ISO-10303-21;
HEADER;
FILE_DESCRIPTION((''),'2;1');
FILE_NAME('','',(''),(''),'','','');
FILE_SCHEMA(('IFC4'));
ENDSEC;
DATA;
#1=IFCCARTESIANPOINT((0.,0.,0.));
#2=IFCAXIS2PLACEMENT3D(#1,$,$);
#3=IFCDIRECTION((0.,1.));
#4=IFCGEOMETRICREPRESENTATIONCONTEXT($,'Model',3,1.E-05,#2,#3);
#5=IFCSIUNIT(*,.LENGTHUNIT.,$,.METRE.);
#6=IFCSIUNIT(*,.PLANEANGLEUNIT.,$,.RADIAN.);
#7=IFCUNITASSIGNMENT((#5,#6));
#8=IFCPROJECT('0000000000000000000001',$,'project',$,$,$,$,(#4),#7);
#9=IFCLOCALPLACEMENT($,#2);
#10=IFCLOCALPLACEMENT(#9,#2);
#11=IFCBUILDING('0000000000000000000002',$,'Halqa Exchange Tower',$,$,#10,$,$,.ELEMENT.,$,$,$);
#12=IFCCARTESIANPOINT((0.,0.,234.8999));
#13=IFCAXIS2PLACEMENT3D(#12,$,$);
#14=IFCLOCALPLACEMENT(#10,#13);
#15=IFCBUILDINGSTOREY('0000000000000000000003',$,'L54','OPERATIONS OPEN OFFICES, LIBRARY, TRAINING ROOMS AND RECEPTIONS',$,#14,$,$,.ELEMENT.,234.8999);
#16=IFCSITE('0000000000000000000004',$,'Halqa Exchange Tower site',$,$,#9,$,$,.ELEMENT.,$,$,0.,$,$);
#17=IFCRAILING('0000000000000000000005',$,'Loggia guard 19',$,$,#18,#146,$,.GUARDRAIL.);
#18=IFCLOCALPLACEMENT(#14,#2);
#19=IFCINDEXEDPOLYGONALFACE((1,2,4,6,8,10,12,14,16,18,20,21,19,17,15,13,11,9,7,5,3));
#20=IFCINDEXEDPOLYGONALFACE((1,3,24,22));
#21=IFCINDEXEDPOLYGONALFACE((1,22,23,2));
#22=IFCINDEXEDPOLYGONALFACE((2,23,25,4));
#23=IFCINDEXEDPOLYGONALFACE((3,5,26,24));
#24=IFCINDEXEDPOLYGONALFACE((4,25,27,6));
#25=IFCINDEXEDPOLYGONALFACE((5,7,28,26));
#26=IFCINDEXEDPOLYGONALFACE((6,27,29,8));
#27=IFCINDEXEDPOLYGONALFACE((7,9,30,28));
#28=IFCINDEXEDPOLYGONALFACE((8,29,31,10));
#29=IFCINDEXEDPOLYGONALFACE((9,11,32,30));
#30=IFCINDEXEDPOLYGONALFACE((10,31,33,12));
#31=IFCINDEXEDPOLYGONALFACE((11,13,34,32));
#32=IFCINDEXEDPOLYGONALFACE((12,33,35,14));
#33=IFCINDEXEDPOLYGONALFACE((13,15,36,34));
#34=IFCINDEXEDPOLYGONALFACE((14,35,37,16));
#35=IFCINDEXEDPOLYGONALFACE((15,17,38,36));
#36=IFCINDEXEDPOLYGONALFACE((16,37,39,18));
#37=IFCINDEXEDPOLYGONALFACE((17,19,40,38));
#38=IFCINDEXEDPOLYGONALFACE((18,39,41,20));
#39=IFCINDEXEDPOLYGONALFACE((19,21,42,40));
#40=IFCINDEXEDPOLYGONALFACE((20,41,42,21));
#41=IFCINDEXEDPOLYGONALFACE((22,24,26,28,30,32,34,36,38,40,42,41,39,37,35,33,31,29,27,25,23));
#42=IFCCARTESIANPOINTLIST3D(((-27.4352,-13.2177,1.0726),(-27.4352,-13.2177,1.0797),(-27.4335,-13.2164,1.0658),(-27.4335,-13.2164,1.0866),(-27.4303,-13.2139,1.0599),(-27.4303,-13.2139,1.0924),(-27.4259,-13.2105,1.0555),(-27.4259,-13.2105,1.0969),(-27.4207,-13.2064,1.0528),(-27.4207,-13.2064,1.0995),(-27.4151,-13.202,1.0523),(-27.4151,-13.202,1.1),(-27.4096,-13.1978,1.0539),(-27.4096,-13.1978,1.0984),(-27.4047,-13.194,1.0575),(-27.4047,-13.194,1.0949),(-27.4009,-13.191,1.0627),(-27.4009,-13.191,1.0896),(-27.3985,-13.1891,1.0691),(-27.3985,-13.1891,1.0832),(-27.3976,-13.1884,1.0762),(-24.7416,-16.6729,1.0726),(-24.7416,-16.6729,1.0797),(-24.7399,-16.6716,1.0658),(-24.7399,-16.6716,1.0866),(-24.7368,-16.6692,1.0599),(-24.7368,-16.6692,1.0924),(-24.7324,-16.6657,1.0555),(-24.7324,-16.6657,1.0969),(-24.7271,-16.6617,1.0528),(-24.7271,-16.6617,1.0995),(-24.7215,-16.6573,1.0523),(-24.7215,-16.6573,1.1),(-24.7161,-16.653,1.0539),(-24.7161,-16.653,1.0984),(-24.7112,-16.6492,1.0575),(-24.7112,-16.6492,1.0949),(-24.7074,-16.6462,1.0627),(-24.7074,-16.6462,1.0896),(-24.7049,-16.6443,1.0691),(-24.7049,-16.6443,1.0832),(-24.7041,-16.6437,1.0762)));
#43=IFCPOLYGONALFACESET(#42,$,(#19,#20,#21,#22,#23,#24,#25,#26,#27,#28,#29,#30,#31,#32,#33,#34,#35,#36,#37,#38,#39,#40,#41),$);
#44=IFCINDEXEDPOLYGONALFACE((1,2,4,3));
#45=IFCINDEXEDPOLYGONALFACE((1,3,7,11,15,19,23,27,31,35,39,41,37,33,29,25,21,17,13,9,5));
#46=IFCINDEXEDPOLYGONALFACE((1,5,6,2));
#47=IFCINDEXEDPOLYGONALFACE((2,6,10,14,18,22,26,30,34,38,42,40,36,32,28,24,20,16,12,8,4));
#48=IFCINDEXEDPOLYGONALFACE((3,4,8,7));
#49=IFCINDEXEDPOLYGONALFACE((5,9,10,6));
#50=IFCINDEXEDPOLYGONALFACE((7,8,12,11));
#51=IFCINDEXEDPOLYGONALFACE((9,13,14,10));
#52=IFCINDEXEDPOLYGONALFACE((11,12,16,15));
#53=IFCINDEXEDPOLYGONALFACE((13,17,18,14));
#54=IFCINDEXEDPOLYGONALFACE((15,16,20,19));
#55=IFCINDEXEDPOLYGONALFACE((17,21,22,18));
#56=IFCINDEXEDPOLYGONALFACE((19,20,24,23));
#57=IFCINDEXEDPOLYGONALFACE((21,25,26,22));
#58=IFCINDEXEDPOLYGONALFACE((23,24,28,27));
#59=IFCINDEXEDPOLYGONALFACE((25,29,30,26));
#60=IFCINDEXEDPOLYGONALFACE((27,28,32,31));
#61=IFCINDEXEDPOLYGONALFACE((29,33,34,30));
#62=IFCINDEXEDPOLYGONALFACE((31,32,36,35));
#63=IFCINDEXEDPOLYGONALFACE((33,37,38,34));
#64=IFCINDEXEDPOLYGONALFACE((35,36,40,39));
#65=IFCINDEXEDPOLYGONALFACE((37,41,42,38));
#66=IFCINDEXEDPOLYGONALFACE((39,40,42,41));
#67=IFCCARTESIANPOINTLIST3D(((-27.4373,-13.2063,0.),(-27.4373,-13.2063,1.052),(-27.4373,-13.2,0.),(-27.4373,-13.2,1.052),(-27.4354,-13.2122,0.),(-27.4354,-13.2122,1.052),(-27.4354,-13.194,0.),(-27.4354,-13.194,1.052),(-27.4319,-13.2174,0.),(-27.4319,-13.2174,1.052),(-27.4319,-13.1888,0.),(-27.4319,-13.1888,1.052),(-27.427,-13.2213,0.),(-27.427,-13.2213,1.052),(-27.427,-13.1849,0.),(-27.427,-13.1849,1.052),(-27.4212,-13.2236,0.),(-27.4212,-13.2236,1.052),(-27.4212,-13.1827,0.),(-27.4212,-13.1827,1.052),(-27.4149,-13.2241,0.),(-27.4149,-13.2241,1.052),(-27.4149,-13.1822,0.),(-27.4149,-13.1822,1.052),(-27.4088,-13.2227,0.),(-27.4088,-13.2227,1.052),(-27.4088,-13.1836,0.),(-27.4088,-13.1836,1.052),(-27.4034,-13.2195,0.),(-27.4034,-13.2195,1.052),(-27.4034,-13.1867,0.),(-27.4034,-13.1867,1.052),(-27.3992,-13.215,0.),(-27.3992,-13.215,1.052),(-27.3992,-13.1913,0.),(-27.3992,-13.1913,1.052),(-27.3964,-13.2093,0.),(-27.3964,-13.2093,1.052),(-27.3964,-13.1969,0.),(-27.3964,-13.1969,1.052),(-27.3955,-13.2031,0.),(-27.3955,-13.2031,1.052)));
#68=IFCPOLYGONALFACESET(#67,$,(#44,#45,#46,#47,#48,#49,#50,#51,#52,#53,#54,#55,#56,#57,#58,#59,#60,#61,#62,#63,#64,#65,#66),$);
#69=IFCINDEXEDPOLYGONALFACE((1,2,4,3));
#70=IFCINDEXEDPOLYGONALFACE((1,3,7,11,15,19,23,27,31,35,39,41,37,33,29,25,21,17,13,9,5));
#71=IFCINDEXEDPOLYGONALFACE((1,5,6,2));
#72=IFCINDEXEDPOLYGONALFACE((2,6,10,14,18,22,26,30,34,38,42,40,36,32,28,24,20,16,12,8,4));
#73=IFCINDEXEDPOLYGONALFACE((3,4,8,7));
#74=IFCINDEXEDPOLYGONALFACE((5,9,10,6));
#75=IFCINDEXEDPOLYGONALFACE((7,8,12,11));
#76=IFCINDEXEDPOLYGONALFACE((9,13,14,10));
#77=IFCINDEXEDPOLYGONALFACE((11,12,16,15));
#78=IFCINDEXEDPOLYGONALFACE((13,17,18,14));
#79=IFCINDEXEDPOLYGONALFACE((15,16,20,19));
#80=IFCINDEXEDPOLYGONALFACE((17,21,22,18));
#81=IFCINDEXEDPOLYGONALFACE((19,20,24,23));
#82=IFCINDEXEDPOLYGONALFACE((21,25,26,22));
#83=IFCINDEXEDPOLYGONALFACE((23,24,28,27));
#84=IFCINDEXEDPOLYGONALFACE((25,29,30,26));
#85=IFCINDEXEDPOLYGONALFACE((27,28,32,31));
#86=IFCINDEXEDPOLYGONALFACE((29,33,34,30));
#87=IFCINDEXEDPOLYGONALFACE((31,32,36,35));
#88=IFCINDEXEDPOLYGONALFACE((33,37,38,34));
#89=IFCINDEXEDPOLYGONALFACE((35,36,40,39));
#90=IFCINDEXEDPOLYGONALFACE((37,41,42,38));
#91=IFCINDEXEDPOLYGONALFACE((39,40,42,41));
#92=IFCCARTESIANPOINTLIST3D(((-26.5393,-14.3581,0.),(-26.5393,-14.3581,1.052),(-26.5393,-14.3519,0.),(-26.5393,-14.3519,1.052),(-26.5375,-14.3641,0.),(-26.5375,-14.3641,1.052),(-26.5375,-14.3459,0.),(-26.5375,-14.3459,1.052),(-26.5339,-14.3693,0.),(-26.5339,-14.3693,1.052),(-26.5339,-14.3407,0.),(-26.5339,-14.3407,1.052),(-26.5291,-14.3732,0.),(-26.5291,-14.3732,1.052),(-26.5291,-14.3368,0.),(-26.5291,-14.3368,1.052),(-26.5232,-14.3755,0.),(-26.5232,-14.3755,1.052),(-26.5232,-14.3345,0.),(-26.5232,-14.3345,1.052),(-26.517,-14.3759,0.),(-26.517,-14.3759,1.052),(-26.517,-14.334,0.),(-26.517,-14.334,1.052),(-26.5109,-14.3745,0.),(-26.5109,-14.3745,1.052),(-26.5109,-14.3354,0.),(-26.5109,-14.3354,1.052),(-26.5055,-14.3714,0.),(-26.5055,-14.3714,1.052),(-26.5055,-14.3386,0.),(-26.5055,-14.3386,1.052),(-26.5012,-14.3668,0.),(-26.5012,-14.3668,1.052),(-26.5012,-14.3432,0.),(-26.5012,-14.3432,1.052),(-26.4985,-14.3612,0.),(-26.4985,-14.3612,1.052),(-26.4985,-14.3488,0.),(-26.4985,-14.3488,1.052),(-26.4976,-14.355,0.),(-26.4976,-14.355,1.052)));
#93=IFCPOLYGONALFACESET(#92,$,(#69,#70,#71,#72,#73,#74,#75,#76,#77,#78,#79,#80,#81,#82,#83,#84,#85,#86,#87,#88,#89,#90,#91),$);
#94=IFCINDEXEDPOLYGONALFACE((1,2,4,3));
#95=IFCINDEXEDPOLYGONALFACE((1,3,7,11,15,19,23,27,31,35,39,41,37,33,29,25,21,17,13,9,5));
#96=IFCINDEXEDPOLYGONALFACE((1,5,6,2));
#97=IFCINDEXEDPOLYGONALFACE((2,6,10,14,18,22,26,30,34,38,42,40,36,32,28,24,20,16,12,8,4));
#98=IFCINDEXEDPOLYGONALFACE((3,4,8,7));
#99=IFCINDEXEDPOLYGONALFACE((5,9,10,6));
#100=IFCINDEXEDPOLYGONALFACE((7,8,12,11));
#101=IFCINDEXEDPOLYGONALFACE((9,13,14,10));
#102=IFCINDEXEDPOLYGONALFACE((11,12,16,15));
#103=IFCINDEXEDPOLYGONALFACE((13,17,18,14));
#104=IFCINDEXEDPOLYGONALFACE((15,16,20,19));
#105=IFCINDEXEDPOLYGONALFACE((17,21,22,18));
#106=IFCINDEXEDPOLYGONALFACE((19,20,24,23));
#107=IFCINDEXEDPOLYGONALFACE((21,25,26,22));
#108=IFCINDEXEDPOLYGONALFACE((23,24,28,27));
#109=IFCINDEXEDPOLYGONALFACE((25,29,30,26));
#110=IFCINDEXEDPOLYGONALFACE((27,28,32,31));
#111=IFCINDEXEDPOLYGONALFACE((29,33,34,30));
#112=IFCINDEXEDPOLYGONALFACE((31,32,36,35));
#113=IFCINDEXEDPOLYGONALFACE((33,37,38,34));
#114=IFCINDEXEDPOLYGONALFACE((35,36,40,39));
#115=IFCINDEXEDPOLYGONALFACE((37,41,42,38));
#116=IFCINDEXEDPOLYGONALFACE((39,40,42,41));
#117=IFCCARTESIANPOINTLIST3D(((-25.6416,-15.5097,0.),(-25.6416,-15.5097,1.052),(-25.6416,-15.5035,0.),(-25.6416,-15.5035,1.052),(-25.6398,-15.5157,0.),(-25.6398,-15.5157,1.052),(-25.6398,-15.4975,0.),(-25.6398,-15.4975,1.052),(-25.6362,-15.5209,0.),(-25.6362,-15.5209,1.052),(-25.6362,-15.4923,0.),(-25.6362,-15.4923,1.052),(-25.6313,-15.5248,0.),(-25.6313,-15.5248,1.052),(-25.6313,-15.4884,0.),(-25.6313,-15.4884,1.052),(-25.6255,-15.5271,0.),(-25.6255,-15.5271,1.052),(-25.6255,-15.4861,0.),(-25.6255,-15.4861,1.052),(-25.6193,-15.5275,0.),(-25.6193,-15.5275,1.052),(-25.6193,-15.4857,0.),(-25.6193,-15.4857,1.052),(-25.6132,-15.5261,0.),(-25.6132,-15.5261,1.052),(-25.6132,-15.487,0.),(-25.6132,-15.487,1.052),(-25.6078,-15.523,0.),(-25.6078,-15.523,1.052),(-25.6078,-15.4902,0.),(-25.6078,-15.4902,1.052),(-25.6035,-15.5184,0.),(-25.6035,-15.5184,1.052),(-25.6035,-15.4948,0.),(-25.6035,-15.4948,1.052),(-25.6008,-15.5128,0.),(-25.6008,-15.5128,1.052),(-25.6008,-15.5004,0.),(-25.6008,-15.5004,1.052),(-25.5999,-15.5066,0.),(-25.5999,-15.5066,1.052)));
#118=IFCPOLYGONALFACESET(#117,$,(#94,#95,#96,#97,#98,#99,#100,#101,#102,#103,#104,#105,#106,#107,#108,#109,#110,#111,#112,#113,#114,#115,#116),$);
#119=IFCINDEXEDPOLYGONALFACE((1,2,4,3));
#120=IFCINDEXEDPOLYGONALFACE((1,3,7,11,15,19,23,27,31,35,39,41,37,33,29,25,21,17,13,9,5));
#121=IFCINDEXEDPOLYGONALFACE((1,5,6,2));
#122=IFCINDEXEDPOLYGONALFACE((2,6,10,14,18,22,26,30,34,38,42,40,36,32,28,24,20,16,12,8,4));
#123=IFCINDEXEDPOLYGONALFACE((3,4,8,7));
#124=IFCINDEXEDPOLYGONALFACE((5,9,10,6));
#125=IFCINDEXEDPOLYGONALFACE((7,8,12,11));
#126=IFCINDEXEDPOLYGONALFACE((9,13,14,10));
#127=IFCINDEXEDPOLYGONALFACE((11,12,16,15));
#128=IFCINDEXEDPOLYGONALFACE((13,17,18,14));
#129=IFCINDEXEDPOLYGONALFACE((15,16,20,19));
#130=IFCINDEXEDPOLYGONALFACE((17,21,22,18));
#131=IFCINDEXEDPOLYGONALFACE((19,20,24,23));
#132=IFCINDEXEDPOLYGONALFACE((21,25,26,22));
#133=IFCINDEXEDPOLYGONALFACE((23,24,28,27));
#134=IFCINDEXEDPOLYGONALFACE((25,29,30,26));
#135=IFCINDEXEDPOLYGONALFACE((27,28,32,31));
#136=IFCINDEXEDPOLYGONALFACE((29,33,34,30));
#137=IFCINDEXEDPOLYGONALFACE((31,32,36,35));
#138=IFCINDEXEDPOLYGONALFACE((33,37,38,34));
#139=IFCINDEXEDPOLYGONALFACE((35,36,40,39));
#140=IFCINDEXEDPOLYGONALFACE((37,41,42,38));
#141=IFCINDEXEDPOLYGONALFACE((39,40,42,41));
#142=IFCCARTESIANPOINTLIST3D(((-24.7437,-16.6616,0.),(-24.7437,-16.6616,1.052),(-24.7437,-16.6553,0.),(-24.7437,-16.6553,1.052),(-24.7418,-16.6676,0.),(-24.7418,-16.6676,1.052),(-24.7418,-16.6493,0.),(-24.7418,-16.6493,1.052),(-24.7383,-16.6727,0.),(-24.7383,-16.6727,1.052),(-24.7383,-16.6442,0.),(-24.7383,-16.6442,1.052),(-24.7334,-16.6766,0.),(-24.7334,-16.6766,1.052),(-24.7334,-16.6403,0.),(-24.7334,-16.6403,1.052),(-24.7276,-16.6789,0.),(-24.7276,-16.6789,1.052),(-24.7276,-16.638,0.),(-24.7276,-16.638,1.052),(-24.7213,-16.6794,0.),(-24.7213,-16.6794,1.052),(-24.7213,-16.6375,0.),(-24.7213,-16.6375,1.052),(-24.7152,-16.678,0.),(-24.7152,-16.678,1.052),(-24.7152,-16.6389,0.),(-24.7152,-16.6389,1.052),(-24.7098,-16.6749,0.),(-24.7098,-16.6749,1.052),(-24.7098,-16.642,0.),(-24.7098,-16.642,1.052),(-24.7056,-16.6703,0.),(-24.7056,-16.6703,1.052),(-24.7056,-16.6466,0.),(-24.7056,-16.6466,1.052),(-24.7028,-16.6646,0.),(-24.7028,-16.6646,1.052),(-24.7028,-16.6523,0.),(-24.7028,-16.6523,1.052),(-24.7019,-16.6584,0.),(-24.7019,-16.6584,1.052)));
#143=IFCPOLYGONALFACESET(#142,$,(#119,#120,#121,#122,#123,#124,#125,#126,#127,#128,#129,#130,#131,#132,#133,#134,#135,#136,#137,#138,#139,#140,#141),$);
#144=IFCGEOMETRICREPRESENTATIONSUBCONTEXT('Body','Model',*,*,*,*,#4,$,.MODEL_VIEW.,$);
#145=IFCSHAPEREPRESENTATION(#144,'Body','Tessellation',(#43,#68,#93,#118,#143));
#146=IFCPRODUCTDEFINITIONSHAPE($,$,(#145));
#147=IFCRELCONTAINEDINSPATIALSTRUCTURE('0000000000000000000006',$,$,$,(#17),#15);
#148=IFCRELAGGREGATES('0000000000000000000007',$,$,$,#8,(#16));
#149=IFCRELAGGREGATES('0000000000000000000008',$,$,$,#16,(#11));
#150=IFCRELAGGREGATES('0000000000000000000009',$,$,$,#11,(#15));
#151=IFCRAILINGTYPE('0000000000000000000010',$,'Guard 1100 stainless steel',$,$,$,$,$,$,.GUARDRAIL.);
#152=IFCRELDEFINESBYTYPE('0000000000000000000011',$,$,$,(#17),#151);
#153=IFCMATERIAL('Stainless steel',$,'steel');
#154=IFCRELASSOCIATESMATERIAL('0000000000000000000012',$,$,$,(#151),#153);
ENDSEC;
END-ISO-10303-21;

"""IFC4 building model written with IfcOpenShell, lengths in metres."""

from ifc_helpers import new_model, si_unit, direction, frame, origin, origin_2d, place, context, subcontext, project, spatial, circle, extrude, material, type_object, element, save


model = new_model("IFC4")

# Units and contexts
model_context = context("Model", 3, precision=1e-05, world=origin(), true_north=direction((0.0, 1.0)))
body_context = subcontext(model_context, "Body", "Model", "MODEL_VIEW")
ifc_project = project(units=[si_unit("LENGTHUNIT", "METRE"), si_unit("PLANEANGLEUNIT", "RADIAN")], contexts=[model_context])

# Site, building, storey
site_placement = place(None, origin())
site = spatial("IfcSite", under=ifc_project, at=site_placement, Name="Halqa Exchange Tower site", CompositionType="ELEMENT", RefElevation=0.0)
building_placement = place(site_placement, origin())
building = spatial("IfcBuilding", under=site, at=building_placement, Name="Halqa Exchange Tower", CompositionType="ELEMENT")
storey_placement = place(building_placement, frame((0.0, 0.0, 234.8999)))
storey = spatial("IfcBuildingStorey", under=building, at=storey_placement, Name="L54", Description="OPERATIONS OPEN OFFICES, LIBRARY, TRAINING ROOMS AND RECEPTIONS", CompositionType="ELEMENT", Elevation=234.8999)

# Railing
ifc_material_1 = material(Name="Stainless steel", Category="steel")
railing_type = type_object("IfcRailingType", Name="Guard 1100 stainless steel", PredefinedType="GUARDRAIL", material=ifc_material_1)
railing_1_placement = place(storey_placement, frame((-27.4165, -13.2031, 0.0)))
element("IfcRailing", 1, at=railing_1_placement, inside=storey, type_object=railing_type, Name="Loggia guard 19", PredefinedType="GUARDRAIL", context=body_context, shape_type="SweptSolid", body=[
    extrude(circle(Radius=0.0239, at=origin_2d()), frame((0.0, 0.0, 1.0762), z_axis=(0.614812, -0.788674, 0.0), x_axis=(0.788674, 0.614812, 0.0)), (0.0, 0.0, 1.0), 4.3811),
    extrude(circle(Radius=0.021, at=origin_2d()), origin(), (0.0, 0.0, 1.0), 1.052),
    extrude(circle(Radius=0.021, at=origin_2d()), frame((0.8979, -1.1519, 0.0)), (0.0, 0.0, 1.0), 1.052),
    extrude(circle(Radius=0.021, at=origin_2d()), frame((1.7957, -2.3035, 0.0)), (0.0, 0.0, 1.0), 1.052),
    extrude(circle(Radius=0.021, at=origin_2d()), frame((2.6936, -3.4553, 0.0)), (0.0, 0.0, 1.0), 1.052),
])

save(model, "model.ifc")
